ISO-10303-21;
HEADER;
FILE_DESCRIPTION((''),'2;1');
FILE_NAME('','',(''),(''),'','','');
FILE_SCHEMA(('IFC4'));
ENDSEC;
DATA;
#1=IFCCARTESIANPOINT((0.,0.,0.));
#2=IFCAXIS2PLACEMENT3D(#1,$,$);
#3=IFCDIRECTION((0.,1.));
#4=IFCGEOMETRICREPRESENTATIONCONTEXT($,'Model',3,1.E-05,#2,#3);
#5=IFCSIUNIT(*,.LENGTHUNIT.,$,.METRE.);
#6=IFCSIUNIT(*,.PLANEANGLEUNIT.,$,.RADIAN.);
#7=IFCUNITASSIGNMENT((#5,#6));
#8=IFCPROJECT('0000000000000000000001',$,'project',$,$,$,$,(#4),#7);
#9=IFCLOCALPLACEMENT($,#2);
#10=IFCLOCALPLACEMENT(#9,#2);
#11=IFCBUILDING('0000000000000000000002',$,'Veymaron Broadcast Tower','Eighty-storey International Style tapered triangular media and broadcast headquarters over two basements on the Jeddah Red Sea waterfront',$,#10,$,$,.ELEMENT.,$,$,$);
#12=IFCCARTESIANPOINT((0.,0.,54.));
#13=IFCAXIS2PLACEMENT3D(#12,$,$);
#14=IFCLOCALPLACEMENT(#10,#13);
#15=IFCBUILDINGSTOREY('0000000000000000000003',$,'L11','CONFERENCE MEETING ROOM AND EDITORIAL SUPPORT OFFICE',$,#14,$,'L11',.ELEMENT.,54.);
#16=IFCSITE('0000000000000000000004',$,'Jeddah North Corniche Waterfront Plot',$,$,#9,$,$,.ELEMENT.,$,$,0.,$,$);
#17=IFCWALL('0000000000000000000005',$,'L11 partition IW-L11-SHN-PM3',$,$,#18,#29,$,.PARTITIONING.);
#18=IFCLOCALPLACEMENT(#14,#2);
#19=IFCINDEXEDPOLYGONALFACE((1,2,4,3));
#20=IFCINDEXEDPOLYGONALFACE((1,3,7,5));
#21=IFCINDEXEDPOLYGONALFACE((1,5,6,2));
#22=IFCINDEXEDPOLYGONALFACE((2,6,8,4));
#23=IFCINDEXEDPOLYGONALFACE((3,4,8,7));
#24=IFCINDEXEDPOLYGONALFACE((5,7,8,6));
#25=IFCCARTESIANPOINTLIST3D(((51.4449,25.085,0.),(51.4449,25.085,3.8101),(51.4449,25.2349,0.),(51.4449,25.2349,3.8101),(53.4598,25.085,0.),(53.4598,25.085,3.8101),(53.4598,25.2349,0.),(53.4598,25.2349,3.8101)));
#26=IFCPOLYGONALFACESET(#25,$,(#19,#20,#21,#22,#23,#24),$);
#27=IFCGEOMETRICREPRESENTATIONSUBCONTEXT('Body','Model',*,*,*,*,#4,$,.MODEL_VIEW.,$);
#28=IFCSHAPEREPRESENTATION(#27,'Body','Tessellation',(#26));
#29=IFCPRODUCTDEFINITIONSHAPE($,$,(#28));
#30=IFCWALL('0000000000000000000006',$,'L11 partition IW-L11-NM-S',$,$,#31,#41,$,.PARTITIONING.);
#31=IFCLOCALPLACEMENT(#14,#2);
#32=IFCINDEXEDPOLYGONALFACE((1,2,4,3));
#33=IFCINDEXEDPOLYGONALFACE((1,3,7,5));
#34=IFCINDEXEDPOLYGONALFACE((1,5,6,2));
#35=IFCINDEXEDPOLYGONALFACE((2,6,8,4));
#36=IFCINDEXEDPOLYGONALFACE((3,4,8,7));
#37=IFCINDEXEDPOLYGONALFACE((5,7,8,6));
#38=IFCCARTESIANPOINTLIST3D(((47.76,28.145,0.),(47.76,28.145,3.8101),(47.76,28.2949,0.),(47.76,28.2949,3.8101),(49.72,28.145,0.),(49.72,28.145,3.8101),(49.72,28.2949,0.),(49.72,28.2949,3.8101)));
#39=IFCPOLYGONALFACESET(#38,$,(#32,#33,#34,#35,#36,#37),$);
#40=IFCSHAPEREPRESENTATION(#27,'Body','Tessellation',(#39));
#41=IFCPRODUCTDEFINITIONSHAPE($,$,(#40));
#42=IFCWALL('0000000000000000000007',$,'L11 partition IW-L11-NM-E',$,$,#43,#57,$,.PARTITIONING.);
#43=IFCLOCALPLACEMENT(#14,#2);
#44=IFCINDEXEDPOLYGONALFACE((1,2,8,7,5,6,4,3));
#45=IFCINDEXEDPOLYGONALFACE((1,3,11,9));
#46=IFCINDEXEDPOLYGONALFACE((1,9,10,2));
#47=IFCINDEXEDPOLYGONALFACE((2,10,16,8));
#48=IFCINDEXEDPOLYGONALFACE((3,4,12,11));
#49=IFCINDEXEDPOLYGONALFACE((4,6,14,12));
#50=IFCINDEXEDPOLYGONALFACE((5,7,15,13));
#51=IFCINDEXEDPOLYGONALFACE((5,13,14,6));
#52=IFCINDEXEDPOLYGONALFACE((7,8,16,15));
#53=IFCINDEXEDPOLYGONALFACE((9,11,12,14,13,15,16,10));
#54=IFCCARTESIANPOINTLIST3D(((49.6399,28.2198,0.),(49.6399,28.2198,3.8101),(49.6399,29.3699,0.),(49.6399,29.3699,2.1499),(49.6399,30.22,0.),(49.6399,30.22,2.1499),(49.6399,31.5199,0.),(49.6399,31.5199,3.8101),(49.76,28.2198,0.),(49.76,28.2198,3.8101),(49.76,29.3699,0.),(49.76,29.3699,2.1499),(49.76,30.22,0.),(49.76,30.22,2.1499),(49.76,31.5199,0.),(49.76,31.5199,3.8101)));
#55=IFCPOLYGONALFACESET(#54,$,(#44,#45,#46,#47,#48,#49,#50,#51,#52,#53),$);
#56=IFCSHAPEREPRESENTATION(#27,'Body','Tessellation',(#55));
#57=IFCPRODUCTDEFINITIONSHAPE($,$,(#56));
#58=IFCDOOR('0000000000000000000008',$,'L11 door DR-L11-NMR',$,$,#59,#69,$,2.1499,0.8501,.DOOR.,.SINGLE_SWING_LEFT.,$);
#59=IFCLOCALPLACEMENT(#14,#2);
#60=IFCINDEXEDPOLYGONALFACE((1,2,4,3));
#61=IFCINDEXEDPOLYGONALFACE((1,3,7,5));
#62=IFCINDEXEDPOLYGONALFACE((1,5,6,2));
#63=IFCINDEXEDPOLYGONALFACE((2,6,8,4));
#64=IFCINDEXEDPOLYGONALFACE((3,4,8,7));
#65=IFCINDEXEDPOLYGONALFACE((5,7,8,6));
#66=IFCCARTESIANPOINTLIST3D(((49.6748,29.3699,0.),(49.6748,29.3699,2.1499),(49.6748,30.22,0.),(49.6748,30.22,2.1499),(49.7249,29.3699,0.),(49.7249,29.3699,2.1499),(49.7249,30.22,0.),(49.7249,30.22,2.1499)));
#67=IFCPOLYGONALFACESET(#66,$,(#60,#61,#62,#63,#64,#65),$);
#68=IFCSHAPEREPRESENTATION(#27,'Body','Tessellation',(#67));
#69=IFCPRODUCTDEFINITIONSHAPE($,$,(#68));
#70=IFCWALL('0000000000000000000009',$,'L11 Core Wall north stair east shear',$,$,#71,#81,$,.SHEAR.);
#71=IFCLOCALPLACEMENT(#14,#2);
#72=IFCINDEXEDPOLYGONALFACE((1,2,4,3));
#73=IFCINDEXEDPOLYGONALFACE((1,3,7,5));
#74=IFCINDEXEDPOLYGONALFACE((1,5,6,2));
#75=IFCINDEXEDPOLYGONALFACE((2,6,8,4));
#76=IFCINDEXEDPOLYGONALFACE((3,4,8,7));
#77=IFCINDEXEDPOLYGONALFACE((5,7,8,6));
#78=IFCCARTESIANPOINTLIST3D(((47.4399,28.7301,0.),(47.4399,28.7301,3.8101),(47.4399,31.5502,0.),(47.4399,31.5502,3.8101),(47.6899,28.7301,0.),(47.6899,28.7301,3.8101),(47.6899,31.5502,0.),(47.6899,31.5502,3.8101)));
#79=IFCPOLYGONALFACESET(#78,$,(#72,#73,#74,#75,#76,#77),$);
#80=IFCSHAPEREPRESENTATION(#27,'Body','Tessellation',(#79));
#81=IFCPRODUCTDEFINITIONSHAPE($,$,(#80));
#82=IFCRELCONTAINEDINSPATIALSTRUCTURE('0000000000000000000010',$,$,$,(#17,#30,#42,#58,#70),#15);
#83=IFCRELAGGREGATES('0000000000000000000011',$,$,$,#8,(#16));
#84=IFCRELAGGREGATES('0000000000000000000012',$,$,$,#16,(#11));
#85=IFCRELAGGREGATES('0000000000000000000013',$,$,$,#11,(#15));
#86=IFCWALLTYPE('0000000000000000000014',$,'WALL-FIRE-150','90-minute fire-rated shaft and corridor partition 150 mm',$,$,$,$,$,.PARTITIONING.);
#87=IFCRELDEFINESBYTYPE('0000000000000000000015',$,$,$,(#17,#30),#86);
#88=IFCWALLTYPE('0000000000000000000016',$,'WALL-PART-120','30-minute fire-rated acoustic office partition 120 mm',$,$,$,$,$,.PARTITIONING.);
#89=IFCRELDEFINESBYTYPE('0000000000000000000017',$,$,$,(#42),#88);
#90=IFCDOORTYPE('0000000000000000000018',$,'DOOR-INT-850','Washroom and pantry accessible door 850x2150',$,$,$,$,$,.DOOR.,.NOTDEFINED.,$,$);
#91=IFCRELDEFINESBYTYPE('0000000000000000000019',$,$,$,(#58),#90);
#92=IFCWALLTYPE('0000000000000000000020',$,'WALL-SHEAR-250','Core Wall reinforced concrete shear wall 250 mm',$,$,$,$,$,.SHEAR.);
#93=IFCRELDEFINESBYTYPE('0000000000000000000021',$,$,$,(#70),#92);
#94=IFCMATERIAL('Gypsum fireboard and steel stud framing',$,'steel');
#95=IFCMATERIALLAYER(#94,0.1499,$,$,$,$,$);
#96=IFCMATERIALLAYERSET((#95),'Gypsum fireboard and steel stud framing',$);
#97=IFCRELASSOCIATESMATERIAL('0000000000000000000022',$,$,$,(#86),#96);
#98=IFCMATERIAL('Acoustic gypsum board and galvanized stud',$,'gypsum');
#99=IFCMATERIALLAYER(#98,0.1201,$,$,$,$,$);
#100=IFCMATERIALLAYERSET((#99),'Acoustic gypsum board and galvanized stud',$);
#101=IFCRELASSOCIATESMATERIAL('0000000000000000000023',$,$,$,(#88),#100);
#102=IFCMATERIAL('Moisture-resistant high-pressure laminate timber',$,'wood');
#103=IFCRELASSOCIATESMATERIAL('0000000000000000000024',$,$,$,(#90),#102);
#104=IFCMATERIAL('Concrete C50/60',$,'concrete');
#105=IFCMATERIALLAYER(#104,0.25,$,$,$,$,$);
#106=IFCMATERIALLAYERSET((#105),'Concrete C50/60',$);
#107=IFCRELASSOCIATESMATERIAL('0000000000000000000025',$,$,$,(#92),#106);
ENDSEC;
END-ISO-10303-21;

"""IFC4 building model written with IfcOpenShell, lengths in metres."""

from ifc_helpers import new_model, si_unit, direction, frame, frame_2d, origin, place, context, subcontext, project, spatial, rectangle, extrude, material, layer, layer_set, type_object, element, fill, save


model = new_model("IFC4")

# Units and contexts
model_context = context("Model", 3, precision=1e-05, world=origin(), true_north=direction((0.0, 1.0)))
body_context = subcontext(model_context, "Body", "Model", "MODEL_VIEW")
ifc_project = project(units=[si_unit("LENGTHUNIT", "METRE"), si_unit("PLANEANGLEUNIT", "RADIAN")], contexts=[model_context])

# Site, building, storey
site_placement = place(None, origin())
site = spatial("IfcSite", under=ifc_project, at=site_placement, Name="Jeddah North Corniche Waterfront Plot", CompositionType="ELEMENT", RefElevation=0.0)
building_placement = place(site_placement, origin())
building = spatial("IfcBuilding", under=site, at=building_placement, Name="Veymaron Broadcast Tower", Description="Eighty-storey International Style tapered triangular media and broadcast headquarters over two basements on the Jeddah Red Sea waterfront", CompositionType="ELEMENT")
storey_placement = place(building_placement, frame((0.0, 0.0, 54.0)))
storey = spatial("IfcBuildingStorey", under=building, at=storey_placement, Name="L11", Description="CONFERENCE MEETING ROOM AND EDITORIAL SUPPORT OFFICE", LongName="L11", CompositionType="ELEMENT", Elevation=54.0)

# Shared definitions
ifc_material_1 = material(Name="Gypsum fireboard and steel stud framing", Category="steel")
ifc_layer_1 = layer(ifc_material_1, 0.1499)
ifc_layer_set_1 = layer_set([ifc_layer_1], Name="Gypsum fireboard and steel stud framing")
wall_type_1 = type_object("IfcWallType", Name="WALL-FIRE-150", Description="90-minute fire-rated shaft and corridor partition 150 mm", PredefinedType="PARTITIONING", material=ifc_layer_set_1)

# Walls
for number, where, z_axis, x_axis, name in (
    (1, (51.4451, 25.1599, 0.0), (0.0, 0.0, 1.0), (1.0, 0.0, 0.0), "L11 partition IW-L11-SHN-PM3"),
):
    element("IfcWall", number, at=place(storey_placement, frame(where, z_axis=z_axis, x_axis=x_axis)), inside=storey, type_object=wall_type_1, Name=name, PredefinedType="PARTITIONING", context=body_context, shape_type="SweptSolid", body=[
        extrude(rectangle(XDim=2.0149, YDim=0.1499, at=frame_2d((1.0073, 0.0))), origin(), (0.0, 0.0, 1.0), 3.8101),
    ])
wall_1_placement = place(storey_placement, frame((47.76, 28.22, 0.0), z_axis=(0.0, 0.0, 1.0), x_axis=(1.0, 0.0, 0.0)))
element("IfcWall", 2, at=wall_1_placement, inside=storey, type_object=wall_type_1, Name="L11 partition IW-L11-NM-S", PredefinedType="PARTITIONING", context=body_context, shape_type="SweptSolid", body=[
    extrude(rectangle(XDim=1.96, YDim=0.1499, at=frame_2d((0.98, 0.0))), origin(), (0.0, 0.0, 1.0), 3.8101),
])

# Wall, opening, door
ifc_material_2 = material(Name="Acoustic gypsum board and galvanized stud", Category="gypsum")
ifc_layer_2 = layer(ifc_material_2, 0.1201)
ifc_layer_set_2 = layer_set([ifc_layer_2], Name="Acoustic gypsum board and galvanized stud")
wall_type_2 = type_object("IfcWallType", Name="WALL-PART-120", Description="30-minute fire-rated acoustic office partition 120 mm", PredefinedType="PARTITIONING", material=ifc_layer_set_2)
wall_2_placement = place(storey_placement, frame((49.7, 28.22, 0.0), z_axis=(0.0, 0.0, 1.0), x_axis=(0.0, 1.0, 0.0)))
wall_2 = element("IfcWall", 3, at=wall_2_placement, inside=storey, type_object=wall_type_2, Name="L11 partition IW-L11-NM-E", PredefinedType="PARTITIONING", context=body_context, shape_type="SweptSolid", body=[
    extrude(rectangle(XDim=3.3, YDim=0.1201, at=frame_2d((1.6499, 0.0))), origin(), (0.0, 0.0, 1.0), 3.8101),
])
opening_1_placement = place(wall_2_placement, frame((1.1499, 0.0, 0.0)))
opening_1 = element("IfcOpeningElement", 4, at=opening_1_placement, cuts=wall_2, PredefinedType="OPENING", context=body_context, shape_type="SweptSolid", body=[
    extrude(rectangle(XDim=0.8501, YDim=2.1499, at=frame_2d((0.425, 1.075))), frame((0.0, 0.0701, 0.0), z_axis=(0.0, -1.0, 0.0), x_axis=(1.0, 0.0, 0.0)), (0.0, 0.0, 1.0), 0.1401),
])
ifc_material_3 = material(Name="Moisture-resistant high-pressure laminate timber", Category="wood")
door_type_1 = type_object("IfcDoorType", Name="DOOR-INT-850", Description="Washroom and pantry accessible door 850x2150", OperationType="NOTDEFINED", PredefinedType="DOOR", material=ifc_material_3)
door_1_placement = place(opening_1_placement, frame((0.8501, 0.0, 0.0), z_axis=(0.0, 0.0, 1.0), x_axis=(-1.0, 0.0, 0.0)))
door_1 = element("IfcDoor", 5, at=door_1_placement, inside=storey, type_object=door_type_1, Name="L11 door DR-L11-NMR", OperationType="SINGLE_SWING_LEFT", OverallHeight=2.1499, OverallWidth=0.8501, PredefinedType="DOOR", context=body_context, shape_type="SweptSolid", body=[
    extrude(rectangle(XDim=0.8501, YDim=2.1499, at=frame_2d((0.425, 1.075))), frame((0.0, 0.0249, 0.0), z_axis=(0.0, -1.0, 0.0), x_axis=(1.0, 0.0, 0.0)), (0.0, 0.0, 1.0), 0.05),
])
fill(opening_1, door_1)

# Wall
ifc_material_4 = material(Name="Concrete C50/60", Category="concrete")
ifc_layer_3 = layer(ifc_material_4, 0.25)
ifc_layer_set_3 = layer_set([ifc_layer_3], Name="Concrete C50/60")
wall_type_3 = type_object("IfcWallType", Name="WALL-SHEAR-250", Description="Core Wall reinforced concrete shear wall 250 mm", PredefinedType="SHEAR", material=ifc_layer_set_3)
wall_3_placement = place(storey_placement, frame((47.5649, 28.73, 0.0), z_axis=(0.0, 0.0, 1.0), x_axis=(0.0, 1.0, 0.0)))
element("IfcWall", 6, at=wall_3_placement, inside=storey, type_object=wall_type_3, Name="L11 Core Wall north stair east shear", PredefinedType="SHEAR", context=body_context, shape_type="SweptSolid", body=[
    extrude(rectangle(XDim=2.8201, YDim=0.25, at=frame_2d((1.4102, 0.0))), origin(), (0.0, 0.0, 1.0), 3.8101),
])

save(model, "model.ifc")
